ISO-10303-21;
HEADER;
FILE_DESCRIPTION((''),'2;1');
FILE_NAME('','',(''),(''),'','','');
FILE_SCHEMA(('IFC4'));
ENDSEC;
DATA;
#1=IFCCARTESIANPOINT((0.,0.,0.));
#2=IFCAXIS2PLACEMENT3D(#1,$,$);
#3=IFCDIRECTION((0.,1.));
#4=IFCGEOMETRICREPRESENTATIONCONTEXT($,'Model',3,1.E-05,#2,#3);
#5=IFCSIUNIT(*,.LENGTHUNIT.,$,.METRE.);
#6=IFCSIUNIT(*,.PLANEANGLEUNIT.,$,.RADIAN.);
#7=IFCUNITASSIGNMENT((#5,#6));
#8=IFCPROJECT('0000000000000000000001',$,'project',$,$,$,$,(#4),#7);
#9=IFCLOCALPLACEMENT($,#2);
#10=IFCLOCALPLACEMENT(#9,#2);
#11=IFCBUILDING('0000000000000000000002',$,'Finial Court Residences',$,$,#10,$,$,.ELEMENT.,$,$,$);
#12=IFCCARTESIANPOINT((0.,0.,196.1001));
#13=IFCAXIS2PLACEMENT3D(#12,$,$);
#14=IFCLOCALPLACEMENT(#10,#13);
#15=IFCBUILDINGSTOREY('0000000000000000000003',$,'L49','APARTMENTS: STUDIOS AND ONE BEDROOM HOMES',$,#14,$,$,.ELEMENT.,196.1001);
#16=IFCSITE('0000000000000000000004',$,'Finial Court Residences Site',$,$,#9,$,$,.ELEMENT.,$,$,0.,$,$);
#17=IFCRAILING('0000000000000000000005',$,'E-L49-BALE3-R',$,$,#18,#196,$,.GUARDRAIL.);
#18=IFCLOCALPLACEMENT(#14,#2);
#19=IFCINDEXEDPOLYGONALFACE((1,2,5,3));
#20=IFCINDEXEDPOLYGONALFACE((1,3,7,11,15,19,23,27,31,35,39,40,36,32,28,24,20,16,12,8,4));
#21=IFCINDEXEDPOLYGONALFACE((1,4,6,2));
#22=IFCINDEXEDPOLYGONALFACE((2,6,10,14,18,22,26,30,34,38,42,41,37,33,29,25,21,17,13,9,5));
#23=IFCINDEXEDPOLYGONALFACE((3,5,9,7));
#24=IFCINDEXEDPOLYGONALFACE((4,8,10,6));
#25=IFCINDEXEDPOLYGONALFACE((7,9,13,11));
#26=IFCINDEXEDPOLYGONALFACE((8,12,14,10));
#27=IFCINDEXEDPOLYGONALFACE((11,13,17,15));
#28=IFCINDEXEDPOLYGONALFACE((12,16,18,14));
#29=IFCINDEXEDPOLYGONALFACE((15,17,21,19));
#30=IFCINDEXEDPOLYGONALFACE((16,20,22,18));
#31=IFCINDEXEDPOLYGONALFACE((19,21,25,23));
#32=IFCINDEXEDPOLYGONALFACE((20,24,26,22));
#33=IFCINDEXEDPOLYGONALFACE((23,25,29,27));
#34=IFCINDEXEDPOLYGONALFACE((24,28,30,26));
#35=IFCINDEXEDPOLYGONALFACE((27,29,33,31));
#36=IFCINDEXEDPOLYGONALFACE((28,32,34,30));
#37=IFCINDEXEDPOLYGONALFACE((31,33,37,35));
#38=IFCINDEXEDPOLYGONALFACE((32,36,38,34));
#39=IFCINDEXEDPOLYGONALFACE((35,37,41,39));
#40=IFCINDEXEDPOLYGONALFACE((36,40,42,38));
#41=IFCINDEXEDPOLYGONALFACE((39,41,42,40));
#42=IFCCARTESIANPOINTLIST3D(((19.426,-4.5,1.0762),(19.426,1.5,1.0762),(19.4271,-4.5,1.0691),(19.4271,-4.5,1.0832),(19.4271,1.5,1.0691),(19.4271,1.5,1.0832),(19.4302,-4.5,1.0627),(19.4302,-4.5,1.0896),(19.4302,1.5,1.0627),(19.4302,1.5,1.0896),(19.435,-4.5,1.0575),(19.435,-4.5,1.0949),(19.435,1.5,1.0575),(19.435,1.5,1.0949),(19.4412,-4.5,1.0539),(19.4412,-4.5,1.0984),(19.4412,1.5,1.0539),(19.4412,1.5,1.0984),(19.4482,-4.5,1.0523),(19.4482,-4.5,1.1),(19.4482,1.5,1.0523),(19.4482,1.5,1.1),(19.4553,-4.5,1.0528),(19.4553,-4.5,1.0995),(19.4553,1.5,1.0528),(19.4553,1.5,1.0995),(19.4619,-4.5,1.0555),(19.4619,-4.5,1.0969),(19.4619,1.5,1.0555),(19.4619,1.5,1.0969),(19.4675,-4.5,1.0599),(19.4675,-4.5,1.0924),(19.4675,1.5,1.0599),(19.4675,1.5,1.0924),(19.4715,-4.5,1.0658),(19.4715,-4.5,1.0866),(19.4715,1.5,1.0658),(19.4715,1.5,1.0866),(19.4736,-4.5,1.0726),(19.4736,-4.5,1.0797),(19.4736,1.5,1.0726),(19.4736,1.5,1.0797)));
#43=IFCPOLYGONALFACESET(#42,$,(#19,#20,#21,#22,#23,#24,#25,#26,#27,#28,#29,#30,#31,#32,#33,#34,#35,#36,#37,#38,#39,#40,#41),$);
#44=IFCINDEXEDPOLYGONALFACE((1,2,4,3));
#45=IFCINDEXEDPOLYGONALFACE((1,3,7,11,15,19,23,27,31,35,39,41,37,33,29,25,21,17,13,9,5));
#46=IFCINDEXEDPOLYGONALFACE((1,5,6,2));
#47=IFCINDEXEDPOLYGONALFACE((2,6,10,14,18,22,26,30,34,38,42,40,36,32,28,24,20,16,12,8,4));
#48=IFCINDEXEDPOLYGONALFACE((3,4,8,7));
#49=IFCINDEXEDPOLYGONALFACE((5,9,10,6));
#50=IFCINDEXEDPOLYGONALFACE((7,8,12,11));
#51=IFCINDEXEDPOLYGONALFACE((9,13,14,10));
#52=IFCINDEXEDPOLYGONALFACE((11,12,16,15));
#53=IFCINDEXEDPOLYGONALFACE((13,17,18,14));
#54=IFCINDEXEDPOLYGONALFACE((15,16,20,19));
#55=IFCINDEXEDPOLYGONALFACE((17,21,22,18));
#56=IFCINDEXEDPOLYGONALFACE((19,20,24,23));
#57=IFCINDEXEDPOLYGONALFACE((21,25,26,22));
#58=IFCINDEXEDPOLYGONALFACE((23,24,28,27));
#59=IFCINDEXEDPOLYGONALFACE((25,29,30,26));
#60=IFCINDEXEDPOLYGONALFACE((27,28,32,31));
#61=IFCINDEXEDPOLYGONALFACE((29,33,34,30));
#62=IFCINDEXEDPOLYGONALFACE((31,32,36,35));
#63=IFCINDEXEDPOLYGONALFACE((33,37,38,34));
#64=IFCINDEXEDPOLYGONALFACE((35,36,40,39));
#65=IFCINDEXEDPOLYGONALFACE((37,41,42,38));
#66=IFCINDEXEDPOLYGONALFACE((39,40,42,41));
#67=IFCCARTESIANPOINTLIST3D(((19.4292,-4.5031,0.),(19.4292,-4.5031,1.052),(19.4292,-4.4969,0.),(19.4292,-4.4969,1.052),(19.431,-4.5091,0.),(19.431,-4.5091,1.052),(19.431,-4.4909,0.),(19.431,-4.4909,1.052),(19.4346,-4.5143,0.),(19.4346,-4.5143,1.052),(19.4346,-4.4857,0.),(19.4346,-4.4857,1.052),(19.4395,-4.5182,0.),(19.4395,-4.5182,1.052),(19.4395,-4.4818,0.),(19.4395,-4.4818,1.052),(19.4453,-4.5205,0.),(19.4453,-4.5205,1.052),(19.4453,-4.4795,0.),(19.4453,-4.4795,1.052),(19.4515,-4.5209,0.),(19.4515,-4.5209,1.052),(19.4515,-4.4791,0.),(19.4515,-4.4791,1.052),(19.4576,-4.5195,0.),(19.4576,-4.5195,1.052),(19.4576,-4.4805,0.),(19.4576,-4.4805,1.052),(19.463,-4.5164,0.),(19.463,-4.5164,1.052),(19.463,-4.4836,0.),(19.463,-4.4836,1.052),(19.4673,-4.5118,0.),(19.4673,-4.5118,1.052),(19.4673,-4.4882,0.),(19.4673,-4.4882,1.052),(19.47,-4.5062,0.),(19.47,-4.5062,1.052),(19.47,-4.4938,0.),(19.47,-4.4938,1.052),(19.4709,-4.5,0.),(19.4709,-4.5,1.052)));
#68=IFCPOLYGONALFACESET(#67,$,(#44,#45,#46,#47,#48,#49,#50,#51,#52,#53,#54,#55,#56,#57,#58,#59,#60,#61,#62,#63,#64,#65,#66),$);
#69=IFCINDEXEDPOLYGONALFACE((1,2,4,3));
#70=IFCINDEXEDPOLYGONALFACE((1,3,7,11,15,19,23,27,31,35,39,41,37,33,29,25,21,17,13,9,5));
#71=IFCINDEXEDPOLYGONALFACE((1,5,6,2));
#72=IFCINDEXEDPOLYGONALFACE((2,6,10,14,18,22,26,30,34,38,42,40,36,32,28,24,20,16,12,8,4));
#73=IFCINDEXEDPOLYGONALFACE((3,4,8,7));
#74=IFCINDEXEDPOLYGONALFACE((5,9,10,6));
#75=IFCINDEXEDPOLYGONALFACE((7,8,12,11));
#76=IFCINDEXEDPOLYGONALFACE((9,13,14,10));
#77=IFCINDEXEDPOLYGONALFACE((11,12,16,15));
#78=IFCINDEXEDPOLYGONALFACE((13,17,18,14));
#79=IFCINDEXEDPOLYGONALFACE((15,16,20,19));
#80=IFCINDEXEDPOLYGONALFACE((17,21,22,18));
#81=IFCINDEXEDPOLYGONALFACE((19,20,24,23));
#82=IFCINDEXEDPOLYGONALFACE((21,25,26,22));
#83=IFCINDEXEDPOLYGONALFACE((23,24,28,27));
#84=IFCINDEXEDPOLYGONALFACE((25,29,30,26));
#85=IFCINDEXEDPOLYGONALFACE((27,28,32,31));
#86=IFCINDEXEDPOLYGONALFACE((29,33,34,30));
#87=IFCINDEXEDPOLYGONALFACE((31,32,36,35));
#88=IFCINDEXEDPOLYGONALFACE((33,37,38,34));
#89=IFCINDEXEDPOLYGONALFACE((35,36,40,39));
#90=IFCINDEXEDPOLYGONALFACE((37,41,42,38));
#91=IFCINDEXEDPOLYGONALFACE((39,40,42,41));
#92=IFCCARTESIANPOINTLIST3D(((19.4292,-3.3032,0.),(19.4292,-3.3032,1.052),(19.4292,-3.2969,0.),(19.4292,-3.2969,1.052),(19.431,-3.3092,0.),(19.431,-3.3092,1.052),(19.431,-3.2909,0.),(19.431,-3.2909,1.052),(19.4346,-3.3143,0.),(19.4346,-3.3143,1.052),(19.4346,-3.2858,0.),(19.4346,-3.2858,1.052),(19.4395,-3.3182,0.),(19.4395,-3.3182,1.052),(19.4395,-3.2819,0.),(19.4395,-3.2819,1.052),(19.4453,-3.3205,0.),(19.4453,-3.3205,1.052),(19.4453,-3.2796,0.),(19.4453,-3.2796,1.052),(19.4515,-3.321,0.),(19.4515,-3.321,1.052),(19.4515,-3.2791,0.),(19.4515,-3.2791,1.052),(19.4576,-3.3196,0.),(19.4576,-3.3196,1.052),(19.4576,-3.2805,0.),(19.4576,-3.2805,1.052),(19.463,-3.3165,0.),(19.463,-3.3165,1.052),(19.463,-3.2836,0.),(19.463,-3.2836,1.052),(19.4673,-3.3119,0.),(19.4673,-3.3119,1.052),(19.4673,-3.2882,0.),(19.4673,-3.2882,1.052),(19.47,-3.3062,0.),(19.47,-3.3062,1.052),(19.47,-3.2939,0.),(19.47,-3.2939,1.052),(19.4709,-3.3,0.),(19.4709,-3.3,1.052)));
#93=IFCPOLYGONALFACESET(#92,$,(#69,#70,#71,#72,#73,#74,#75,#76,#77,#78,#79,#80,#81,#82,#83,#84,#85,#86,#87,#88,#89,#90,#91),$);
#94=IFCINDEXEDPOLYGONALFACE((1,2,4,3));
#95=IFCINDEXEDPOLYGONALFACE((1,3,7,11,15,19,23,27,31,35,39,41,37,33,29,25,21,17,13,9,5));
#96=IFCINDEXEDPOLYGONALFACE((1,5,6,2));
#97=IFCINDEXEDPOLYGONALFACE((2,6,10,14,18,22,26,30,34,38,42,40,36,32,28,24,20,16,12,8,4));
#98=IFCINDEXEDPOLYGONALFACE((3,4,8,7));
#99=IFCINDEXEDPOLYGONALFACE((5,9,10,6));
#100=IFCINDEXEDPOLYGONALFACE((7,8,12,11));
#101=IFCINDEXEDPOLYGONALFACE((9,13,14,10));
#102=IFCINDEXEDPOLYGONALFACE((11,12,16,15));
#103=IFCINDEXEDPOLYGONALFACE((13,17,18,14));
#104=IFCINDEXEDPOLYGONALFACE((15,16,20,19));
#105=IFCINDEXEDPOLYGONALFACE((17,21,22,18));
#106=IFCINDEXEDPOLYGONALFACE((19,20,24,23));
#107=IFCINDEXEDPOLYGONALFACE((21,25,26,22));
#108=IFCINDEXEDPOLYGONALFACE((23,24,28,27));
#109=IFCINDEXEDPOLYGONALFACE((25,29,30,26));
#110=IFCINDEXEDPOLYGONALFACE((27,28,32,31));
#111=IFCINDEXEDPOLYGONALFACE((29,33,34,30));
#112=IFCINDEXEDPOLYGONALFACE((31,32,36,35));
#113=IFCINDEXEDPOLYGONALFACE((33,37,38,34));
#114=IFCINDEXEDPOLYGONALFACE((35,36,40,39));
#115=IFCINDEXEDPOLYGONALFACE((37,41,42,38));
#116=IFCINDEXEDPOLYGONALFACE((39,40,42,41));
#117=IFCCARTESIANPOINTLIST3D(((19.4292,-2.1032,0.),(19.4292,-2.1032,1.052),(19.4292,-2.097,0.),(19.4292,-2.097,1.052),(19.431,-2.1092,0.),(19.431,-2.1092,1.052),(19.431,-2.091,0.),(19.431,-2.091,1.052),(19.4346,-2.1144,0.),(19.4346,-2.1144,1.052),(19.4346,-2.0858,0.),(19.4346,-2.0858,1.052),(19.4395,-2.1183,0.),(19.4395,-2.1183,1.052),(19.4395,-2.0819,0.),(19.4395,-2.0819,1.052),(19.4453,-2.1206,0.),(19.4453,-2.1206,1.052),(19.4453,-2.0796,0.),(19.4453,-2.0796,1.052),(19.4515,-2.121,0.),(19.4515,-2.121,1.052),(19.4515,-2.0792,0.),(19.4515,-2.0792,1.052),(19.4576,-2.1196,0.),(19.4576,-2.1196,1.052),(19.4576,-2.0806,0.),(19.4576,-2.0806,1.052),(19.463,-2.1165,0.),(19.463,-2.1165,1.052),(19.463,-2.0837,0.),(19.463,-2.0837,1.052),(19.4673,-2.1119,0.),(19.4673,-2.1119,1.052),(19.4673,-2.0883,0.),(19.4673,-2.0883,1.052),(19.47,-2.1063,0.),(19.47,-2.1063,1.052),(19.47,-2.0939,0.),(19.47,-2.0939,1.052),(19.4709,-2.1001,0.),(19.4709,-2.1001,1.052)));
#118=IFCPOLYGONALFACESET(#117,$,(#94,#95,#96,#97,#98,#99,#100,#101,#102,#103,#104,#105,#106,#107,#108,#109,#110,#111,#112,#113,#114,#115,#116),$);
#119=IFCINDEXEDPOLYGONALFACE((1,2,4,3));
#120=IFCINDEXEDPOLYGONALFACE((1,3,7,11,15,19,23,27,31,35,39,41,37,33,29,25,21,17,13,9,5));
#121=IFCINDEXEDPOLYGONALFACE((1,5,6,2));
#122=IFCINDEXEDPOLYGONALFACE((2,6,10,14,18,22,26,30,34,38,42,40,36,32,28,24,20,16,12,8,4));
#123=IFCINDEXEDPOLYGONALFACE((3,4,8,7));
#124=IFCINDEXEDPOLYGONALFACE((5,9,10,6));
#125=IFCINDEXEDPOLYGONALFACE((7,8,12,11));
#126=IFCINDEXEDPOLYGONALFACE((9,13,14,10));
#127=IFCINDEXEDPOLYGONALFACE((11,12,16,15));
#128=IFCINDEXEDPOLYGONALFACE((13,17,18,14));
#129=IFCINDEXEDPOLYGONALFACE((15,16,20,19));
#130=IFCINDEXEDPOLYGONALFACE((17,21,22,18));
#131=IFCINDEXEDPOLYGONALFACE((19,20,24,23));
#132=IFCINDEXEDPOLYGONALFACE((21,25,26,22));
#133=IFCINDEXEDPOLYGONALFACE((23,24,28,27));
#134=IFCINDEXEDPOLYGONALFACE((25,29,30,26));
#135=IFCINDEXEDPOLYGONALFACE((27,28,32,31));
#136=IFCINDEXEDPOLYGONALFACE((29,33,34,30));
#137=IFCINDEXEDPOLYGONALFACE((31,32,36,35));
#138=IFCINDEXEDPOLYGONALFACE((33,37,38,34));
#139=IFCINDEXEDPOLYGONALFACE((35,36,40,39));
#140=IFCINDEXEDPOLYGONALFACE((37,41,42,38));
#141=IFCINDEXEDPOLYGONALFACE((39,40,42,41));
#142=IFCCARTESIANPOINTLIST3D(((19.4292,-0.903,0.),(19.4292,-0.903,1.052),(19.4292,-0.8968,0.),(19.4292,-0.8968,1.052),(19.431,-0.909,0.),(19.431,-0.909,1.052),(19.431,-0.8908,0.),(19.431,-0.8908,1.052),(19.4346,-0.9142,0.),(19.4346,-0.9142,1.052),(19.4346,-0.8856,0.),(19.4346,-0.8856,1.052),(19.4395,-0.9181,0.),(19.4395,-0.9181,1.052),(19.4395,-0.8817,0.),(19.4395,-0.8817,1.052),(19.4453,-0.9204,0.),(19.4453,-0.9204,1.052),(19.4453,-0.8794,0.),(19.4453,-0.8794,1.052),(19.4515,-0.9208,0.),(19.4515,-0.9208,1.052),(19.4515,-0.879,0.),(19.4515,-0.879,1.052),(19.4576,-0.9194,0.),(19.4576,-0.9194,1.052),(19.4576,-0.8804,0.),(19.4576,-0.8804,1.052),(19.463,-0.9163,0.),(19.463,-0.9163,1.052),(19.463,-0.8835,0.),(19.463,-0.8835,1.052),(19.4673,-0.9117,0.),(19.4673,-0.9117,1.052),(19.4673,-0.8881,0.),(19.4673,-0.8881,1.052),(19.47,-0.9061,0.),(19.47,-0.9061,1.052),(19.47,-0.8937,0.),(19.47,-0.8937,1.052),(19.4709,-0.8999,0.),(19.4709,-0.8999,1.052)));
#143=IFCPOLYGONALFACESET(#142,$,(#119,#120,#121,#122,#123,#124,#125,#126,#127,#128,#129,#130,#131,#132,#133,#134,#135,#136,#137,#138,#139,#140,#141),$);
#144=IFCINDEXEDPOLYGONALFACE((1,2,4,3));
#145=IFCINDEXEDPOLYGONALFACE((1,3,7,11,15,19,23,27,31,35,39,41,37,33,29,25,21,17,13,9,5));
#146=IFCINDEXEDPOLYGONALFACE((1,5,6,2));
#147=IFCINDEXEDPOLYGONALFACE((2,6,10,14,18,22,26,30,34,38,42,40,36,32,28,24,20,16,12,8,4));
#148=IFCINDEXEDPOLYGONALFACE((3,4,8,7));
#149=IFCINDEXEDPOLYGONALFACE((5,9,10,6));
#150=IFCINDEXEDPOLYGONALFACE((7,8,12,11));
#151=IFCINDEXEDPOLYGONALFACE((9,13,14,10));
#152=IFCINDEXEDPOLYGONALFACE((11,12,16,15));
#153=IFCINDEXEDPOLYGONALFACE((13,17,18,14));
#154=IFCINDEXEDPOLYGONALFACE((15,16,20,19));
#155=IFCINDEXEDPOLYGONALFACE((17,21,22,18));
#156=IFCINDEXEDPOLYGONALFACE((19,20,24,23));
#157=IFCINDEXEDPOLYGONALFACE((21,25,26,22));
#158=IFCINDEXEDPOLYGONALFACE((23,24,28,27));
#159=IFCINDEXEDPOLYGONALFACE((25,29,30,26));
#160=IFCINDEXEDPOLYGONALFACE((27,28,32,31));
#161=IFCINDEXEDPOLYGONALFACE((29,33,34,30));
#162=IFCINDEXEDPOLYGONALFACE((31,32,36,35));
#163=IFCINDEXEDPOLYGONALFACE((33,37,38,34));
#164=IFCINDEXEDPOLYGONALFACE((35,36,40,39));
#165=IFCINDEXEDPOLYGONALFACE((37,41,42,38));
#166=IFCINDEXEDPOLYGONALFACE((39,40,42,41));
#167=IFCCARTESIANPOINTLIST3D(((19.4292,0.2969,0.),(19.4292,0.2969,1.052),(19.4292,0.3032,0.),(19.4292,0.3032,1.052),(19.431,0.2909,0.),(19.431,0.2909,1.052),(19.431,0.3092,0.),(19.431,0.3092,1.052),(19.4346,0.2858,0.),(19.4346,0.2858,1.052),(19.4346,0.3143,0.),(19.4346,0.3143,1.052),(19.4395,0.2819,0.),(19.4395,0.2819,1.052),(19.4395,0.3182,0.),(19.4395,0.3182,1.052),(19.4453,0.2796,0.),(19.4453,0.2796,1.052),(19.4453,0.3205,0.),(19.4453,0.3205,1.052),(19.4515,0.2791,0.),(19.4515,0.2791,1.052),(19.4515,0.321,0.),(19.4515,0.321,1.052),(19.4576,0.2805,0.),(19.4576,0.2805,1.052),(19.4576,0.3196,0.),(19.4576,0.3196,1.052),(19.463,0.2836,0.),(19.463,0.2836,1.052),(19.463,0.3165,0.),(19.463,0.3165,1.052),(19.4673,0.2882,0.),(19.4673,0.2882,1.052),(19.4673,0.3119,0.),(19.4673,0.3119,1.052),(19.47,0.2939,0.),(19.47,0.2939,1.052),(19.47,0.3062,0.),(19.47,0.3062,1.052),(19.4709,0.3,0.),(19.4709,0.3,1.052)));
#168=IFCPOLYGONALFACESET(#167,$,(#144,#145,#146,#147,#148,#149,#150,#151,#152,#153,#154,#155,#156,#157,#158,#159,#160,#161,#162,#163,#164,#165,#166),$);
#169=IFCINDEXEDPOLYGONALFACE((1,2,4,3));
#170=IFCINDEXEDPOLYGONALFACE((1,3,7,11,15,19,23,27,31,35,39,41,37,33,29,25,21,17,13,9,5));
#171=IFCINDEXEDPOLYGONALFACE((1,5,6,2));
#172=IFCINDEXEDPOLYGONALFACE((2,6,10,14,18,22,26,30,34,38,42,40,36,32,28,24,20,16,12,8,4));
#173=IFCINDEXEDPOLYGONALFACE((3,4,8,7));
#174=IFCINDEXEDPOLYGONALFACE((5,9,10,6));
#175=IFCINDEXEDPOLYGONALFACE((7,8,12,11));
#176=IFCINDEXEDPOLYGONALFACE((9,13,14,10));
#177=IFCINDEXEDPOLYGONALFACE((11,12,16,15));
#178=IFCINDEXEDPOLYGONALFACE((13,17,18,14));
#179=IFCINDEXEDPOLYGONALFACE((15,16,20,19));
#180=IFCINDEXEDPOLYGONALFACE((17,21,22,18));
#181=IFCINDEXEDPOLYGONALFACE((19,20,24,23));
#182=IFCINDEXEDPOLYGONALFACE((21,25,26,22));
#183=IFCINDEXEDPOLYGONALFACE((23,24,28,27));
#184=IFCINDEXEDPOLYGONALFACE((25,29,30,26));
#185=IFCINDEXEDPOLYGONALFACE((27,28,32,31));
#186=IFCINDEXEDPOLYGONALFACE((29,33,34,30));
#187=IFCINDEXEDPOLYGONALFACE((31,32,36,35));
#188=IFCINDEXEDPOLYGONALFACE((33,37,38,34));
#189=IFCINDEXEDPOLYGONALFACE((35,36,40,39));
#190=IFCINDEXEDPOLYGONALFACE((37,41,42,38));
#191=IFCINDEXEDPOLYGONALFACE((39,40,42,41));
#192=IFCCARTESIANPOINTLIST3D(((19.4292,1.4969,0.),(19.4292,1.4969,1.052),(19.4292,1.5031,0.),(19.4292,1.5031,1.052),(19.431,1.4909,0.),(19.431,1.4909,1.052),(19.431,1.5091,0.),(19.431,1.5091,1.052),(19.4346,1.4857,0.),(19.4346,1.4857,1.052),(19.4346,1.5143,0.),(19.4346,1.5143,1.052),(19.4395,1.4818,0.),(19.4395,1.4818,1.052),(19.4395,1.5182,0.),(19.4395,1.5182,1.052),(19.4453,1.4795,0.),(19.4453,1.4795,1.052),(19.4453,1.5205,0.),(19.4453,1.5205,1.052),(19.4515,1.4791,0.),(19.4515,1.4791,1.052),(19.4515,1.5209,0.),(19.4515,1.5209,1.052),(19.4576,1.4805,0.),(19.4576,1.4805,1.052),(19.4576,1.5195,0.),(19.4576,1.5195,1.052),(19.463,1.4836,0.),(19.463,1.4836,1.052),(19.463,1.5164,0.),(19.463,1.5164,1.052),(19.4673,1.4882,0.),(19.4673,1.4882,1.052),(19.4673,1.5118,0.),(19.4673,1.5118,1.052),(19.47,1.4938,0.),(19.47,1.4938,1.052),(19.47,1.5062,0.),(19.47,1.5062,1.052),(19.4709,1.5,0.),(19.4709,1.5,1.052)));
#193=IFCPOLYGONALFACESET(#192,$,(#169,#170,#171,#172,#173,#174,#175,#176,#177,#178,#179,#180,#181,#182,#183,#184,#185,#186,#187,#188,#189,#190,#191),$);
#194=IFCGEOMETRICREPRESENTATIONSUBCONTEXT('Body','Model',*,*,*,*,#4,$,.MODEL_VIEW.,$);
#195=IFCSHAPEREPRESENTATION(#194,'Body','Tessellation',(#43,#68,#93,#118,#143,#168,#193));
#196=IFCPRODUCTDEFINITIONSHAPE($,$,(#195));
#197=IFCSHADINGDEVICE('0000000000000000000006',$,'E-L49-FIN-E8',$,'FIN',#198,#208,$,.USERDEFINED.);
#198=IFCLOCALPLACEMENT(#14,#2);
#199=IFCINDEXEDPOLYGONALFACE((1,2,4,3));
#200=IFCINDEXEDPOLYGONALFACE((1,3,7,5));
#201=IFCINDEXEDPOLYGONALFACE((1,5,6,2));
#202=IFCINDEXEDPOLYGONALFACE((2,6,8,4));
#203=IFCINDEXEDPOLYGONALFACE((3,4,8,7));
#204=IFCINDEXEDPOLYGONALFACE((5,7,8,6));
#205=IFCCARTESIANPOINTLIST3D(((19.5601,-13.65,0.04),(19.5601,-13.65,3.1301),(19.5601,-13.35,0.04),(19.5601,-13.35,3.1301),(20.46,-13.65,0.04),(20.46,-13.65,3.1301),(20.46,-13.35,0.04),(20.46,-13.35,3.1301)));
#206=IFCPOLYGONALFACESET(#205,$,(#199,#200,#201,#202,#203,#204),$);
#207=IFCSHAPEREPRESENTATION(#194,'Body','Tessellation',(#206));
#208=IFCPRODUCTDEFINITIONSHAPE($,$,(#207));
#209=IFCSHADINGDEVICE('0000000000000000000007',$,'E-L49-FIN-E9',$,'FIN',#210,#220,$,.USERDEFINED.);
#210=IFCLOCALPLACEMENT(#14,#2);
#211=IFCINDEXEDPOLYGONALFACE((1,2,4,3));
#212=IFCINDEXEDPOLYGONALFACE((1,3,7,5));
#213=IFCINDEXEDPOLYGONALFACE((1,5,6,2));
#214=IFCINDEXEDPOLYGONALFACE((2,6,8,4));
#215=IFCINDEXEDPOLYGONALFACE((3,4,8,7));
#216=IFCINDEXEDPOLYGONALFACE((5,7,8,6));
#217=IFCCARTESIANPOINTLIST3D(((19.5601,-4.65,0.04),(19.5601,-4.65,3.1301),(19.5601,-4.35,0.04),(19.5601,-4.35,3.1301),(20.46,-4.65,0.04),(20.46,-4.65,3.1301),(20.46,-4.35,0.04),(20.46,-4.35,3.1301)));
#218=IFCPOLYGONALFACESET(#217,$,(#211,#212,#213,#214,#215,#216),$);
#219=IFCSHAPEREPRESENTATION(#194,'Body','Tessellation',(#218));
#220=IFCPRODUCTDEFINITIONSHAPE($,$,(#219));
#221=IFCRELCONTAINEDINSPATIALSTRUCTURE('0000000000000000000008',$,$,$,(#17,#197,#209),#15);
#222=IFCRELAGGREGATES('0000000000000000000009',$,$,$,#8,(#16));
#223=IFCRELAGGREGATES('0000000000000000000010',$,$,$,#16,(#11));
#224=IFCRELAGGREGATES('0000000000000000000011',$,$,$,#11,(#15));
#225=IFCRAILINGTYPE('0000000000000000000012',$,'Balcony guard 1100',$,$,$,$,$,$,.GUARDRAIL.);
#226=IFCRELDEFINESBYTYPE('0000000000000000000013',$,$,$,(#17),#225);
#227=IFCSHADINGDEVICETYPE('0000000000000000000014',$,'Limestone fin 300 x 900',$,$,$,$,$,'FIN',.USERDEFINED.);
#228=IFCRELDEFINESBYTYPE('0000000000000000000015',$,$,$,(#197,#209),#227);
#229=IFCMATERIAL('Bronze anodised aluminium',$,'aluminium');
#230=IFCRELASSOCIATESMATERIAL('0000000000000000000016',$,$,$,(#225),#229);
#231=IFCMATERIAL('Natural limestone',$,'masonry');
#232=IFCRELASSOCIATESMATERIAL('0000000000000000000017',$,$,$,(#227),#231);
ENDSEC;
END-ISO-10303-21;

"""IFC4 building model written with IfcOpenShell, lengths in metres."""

from ifc_helpers import new_model, si_unit, direction, frame, origin, origin_2d, place, context, subcontext, project, spatial, rectangle, circle, extrude, material, type_object, element, save


model = new_model("IFC4")

# Units and contexts
model_context = context("Model", 3, precision=1e-05, world=origin(), true_north=direction((0.0, 1.0)))
body_context = subcontext(model_context, "Body", "Model", "MODEL_VIEW")
ifc_project = project(units=[si_unit("LENGTHUNIT", "METRE"), si_unit("PLANEANGLEUNIT", "RADIAN")], contexts=[model_context])

# Site, building, storey
site_placement = place(None, origin())
site = spatial("IfcSite", under=ifc_project, at=site_placement, Name="Finial Court Residences Site", CompositionType="ELEMENT", RefElevation=0.0)
building_placement = place(site_placement, origin())
building = spatial("IfcBuilding", under=site, at=building_placement, Name="Finial Court Residences", CompositionType="ELEMENT")
storey_placement = place(building_placement, frame((0.0, 0.0, 196.1001)))
storey = spatial("IfcBuildingStorey", under=building, at=storey_placement, Name="L49", Description="APARTMENTS: STUDIOS AND ONE BEDROOM HOMES", CompositionType="ELEMENT", Elevation=196.1001)

# Shared definitions
ifc_material_1 = material(Name="Bronze anodised aluminium", Category="aluminium")

# Shared definitions
ifc_material_2 = material(Name="Natural limestone", Category="masonry")

# Railing
railing_type = type_object("IfcRailingType", Name="Balcony guard 1100", PredefinedType="GUARDRAIL", material=ifc_material_1)
railing_placement = place(storey_placement, frame((19.45, -4.5, 0.0)))
element("IfcRailing", 1, at=railing_placement, inside=storey, type_object=railing_type, Name="E-L49-BALE3-R", PredefinedType="GUARDRAIL", context=body_context, shape_type="SweptSolid", body=[
    extrude(circle(Radius=0.0239, at=origin_2d()), frame((0.0, 0.0, 1.0762), z_axis=(0.0, 1.0, 0.0), x_axis=(-1.0, 0.0, 0.0)), (0.0, 0.0, 1.0), 6.0),
    extrude(circle(Radius=0.021, at=origin_2d()), origin(), (0.0, 0.0, 1.0), 1.052),
    extrude(circle(Radius=0.021, at=origin_2d()), frame((0.0, 1.2, 0.0)), (0.0, 0.0, 1.0), 1.052),
    extrude(circle(Radius=0.021, at=origin_2d()), frame((0.0, 2.3999, 0.0)), (0.0, 0.0, 1.0), 1.052),
    extrude(circle(Radius=0.021, at=origin_2d()), frame((0.0, 3.6001, 0.0)), (0.0, 0.0, 1.0), 1.052),
    extrude(circle(Radius=0.021, at=origin_2d()), frame((0.0, 4.8, 0.0)), (0.0, 0.0, 1.0), 1.052),
    extrude(circle(Radius=0.021, at=origin_2d()), frame((0.0, 6.0, 0.0)), (0.0, 0.0, 1.0), 1.052),
])

# Shading devices
shading_device_type = type_object("IfcShadingDeviceType", Name="Limestone fin 300 x 900", ElementType="FIN", PredefinedType="USERDEFINED", material=ifc_material_2)
for number, where, z_axis, x_axis, name in (
    (2, (20.01, -13.5, 0.04), (0.0, 0.0, 1.0), (1.0, 0.0, 0.0), "E-L49-FIN-E8"),
    (3, (20.01, -4.5, 0.04), (0.0, 0.0, 1.0), (1.0, 0.0, 0.0), "E-L49-FIN-E9"),
):
    element("IfcShadingDevice", number, at=place(storey_placement, frame(where, z_axis=z_axis, x_axis=x_axis)), inside=storey, type_object=shading_device_type, Name=name, ObjectType="FIN", PredefinedType="USERDEFINED", context=body_context, shape_type="SweptSolid", body=[
        extrude(rectangle(XDim=0.8999, YDim=0.3, at=origin_2d()), origin(), (0.0, 0.0, 1.0), 3.0901),
    ])

save(model, "model.ifc")
